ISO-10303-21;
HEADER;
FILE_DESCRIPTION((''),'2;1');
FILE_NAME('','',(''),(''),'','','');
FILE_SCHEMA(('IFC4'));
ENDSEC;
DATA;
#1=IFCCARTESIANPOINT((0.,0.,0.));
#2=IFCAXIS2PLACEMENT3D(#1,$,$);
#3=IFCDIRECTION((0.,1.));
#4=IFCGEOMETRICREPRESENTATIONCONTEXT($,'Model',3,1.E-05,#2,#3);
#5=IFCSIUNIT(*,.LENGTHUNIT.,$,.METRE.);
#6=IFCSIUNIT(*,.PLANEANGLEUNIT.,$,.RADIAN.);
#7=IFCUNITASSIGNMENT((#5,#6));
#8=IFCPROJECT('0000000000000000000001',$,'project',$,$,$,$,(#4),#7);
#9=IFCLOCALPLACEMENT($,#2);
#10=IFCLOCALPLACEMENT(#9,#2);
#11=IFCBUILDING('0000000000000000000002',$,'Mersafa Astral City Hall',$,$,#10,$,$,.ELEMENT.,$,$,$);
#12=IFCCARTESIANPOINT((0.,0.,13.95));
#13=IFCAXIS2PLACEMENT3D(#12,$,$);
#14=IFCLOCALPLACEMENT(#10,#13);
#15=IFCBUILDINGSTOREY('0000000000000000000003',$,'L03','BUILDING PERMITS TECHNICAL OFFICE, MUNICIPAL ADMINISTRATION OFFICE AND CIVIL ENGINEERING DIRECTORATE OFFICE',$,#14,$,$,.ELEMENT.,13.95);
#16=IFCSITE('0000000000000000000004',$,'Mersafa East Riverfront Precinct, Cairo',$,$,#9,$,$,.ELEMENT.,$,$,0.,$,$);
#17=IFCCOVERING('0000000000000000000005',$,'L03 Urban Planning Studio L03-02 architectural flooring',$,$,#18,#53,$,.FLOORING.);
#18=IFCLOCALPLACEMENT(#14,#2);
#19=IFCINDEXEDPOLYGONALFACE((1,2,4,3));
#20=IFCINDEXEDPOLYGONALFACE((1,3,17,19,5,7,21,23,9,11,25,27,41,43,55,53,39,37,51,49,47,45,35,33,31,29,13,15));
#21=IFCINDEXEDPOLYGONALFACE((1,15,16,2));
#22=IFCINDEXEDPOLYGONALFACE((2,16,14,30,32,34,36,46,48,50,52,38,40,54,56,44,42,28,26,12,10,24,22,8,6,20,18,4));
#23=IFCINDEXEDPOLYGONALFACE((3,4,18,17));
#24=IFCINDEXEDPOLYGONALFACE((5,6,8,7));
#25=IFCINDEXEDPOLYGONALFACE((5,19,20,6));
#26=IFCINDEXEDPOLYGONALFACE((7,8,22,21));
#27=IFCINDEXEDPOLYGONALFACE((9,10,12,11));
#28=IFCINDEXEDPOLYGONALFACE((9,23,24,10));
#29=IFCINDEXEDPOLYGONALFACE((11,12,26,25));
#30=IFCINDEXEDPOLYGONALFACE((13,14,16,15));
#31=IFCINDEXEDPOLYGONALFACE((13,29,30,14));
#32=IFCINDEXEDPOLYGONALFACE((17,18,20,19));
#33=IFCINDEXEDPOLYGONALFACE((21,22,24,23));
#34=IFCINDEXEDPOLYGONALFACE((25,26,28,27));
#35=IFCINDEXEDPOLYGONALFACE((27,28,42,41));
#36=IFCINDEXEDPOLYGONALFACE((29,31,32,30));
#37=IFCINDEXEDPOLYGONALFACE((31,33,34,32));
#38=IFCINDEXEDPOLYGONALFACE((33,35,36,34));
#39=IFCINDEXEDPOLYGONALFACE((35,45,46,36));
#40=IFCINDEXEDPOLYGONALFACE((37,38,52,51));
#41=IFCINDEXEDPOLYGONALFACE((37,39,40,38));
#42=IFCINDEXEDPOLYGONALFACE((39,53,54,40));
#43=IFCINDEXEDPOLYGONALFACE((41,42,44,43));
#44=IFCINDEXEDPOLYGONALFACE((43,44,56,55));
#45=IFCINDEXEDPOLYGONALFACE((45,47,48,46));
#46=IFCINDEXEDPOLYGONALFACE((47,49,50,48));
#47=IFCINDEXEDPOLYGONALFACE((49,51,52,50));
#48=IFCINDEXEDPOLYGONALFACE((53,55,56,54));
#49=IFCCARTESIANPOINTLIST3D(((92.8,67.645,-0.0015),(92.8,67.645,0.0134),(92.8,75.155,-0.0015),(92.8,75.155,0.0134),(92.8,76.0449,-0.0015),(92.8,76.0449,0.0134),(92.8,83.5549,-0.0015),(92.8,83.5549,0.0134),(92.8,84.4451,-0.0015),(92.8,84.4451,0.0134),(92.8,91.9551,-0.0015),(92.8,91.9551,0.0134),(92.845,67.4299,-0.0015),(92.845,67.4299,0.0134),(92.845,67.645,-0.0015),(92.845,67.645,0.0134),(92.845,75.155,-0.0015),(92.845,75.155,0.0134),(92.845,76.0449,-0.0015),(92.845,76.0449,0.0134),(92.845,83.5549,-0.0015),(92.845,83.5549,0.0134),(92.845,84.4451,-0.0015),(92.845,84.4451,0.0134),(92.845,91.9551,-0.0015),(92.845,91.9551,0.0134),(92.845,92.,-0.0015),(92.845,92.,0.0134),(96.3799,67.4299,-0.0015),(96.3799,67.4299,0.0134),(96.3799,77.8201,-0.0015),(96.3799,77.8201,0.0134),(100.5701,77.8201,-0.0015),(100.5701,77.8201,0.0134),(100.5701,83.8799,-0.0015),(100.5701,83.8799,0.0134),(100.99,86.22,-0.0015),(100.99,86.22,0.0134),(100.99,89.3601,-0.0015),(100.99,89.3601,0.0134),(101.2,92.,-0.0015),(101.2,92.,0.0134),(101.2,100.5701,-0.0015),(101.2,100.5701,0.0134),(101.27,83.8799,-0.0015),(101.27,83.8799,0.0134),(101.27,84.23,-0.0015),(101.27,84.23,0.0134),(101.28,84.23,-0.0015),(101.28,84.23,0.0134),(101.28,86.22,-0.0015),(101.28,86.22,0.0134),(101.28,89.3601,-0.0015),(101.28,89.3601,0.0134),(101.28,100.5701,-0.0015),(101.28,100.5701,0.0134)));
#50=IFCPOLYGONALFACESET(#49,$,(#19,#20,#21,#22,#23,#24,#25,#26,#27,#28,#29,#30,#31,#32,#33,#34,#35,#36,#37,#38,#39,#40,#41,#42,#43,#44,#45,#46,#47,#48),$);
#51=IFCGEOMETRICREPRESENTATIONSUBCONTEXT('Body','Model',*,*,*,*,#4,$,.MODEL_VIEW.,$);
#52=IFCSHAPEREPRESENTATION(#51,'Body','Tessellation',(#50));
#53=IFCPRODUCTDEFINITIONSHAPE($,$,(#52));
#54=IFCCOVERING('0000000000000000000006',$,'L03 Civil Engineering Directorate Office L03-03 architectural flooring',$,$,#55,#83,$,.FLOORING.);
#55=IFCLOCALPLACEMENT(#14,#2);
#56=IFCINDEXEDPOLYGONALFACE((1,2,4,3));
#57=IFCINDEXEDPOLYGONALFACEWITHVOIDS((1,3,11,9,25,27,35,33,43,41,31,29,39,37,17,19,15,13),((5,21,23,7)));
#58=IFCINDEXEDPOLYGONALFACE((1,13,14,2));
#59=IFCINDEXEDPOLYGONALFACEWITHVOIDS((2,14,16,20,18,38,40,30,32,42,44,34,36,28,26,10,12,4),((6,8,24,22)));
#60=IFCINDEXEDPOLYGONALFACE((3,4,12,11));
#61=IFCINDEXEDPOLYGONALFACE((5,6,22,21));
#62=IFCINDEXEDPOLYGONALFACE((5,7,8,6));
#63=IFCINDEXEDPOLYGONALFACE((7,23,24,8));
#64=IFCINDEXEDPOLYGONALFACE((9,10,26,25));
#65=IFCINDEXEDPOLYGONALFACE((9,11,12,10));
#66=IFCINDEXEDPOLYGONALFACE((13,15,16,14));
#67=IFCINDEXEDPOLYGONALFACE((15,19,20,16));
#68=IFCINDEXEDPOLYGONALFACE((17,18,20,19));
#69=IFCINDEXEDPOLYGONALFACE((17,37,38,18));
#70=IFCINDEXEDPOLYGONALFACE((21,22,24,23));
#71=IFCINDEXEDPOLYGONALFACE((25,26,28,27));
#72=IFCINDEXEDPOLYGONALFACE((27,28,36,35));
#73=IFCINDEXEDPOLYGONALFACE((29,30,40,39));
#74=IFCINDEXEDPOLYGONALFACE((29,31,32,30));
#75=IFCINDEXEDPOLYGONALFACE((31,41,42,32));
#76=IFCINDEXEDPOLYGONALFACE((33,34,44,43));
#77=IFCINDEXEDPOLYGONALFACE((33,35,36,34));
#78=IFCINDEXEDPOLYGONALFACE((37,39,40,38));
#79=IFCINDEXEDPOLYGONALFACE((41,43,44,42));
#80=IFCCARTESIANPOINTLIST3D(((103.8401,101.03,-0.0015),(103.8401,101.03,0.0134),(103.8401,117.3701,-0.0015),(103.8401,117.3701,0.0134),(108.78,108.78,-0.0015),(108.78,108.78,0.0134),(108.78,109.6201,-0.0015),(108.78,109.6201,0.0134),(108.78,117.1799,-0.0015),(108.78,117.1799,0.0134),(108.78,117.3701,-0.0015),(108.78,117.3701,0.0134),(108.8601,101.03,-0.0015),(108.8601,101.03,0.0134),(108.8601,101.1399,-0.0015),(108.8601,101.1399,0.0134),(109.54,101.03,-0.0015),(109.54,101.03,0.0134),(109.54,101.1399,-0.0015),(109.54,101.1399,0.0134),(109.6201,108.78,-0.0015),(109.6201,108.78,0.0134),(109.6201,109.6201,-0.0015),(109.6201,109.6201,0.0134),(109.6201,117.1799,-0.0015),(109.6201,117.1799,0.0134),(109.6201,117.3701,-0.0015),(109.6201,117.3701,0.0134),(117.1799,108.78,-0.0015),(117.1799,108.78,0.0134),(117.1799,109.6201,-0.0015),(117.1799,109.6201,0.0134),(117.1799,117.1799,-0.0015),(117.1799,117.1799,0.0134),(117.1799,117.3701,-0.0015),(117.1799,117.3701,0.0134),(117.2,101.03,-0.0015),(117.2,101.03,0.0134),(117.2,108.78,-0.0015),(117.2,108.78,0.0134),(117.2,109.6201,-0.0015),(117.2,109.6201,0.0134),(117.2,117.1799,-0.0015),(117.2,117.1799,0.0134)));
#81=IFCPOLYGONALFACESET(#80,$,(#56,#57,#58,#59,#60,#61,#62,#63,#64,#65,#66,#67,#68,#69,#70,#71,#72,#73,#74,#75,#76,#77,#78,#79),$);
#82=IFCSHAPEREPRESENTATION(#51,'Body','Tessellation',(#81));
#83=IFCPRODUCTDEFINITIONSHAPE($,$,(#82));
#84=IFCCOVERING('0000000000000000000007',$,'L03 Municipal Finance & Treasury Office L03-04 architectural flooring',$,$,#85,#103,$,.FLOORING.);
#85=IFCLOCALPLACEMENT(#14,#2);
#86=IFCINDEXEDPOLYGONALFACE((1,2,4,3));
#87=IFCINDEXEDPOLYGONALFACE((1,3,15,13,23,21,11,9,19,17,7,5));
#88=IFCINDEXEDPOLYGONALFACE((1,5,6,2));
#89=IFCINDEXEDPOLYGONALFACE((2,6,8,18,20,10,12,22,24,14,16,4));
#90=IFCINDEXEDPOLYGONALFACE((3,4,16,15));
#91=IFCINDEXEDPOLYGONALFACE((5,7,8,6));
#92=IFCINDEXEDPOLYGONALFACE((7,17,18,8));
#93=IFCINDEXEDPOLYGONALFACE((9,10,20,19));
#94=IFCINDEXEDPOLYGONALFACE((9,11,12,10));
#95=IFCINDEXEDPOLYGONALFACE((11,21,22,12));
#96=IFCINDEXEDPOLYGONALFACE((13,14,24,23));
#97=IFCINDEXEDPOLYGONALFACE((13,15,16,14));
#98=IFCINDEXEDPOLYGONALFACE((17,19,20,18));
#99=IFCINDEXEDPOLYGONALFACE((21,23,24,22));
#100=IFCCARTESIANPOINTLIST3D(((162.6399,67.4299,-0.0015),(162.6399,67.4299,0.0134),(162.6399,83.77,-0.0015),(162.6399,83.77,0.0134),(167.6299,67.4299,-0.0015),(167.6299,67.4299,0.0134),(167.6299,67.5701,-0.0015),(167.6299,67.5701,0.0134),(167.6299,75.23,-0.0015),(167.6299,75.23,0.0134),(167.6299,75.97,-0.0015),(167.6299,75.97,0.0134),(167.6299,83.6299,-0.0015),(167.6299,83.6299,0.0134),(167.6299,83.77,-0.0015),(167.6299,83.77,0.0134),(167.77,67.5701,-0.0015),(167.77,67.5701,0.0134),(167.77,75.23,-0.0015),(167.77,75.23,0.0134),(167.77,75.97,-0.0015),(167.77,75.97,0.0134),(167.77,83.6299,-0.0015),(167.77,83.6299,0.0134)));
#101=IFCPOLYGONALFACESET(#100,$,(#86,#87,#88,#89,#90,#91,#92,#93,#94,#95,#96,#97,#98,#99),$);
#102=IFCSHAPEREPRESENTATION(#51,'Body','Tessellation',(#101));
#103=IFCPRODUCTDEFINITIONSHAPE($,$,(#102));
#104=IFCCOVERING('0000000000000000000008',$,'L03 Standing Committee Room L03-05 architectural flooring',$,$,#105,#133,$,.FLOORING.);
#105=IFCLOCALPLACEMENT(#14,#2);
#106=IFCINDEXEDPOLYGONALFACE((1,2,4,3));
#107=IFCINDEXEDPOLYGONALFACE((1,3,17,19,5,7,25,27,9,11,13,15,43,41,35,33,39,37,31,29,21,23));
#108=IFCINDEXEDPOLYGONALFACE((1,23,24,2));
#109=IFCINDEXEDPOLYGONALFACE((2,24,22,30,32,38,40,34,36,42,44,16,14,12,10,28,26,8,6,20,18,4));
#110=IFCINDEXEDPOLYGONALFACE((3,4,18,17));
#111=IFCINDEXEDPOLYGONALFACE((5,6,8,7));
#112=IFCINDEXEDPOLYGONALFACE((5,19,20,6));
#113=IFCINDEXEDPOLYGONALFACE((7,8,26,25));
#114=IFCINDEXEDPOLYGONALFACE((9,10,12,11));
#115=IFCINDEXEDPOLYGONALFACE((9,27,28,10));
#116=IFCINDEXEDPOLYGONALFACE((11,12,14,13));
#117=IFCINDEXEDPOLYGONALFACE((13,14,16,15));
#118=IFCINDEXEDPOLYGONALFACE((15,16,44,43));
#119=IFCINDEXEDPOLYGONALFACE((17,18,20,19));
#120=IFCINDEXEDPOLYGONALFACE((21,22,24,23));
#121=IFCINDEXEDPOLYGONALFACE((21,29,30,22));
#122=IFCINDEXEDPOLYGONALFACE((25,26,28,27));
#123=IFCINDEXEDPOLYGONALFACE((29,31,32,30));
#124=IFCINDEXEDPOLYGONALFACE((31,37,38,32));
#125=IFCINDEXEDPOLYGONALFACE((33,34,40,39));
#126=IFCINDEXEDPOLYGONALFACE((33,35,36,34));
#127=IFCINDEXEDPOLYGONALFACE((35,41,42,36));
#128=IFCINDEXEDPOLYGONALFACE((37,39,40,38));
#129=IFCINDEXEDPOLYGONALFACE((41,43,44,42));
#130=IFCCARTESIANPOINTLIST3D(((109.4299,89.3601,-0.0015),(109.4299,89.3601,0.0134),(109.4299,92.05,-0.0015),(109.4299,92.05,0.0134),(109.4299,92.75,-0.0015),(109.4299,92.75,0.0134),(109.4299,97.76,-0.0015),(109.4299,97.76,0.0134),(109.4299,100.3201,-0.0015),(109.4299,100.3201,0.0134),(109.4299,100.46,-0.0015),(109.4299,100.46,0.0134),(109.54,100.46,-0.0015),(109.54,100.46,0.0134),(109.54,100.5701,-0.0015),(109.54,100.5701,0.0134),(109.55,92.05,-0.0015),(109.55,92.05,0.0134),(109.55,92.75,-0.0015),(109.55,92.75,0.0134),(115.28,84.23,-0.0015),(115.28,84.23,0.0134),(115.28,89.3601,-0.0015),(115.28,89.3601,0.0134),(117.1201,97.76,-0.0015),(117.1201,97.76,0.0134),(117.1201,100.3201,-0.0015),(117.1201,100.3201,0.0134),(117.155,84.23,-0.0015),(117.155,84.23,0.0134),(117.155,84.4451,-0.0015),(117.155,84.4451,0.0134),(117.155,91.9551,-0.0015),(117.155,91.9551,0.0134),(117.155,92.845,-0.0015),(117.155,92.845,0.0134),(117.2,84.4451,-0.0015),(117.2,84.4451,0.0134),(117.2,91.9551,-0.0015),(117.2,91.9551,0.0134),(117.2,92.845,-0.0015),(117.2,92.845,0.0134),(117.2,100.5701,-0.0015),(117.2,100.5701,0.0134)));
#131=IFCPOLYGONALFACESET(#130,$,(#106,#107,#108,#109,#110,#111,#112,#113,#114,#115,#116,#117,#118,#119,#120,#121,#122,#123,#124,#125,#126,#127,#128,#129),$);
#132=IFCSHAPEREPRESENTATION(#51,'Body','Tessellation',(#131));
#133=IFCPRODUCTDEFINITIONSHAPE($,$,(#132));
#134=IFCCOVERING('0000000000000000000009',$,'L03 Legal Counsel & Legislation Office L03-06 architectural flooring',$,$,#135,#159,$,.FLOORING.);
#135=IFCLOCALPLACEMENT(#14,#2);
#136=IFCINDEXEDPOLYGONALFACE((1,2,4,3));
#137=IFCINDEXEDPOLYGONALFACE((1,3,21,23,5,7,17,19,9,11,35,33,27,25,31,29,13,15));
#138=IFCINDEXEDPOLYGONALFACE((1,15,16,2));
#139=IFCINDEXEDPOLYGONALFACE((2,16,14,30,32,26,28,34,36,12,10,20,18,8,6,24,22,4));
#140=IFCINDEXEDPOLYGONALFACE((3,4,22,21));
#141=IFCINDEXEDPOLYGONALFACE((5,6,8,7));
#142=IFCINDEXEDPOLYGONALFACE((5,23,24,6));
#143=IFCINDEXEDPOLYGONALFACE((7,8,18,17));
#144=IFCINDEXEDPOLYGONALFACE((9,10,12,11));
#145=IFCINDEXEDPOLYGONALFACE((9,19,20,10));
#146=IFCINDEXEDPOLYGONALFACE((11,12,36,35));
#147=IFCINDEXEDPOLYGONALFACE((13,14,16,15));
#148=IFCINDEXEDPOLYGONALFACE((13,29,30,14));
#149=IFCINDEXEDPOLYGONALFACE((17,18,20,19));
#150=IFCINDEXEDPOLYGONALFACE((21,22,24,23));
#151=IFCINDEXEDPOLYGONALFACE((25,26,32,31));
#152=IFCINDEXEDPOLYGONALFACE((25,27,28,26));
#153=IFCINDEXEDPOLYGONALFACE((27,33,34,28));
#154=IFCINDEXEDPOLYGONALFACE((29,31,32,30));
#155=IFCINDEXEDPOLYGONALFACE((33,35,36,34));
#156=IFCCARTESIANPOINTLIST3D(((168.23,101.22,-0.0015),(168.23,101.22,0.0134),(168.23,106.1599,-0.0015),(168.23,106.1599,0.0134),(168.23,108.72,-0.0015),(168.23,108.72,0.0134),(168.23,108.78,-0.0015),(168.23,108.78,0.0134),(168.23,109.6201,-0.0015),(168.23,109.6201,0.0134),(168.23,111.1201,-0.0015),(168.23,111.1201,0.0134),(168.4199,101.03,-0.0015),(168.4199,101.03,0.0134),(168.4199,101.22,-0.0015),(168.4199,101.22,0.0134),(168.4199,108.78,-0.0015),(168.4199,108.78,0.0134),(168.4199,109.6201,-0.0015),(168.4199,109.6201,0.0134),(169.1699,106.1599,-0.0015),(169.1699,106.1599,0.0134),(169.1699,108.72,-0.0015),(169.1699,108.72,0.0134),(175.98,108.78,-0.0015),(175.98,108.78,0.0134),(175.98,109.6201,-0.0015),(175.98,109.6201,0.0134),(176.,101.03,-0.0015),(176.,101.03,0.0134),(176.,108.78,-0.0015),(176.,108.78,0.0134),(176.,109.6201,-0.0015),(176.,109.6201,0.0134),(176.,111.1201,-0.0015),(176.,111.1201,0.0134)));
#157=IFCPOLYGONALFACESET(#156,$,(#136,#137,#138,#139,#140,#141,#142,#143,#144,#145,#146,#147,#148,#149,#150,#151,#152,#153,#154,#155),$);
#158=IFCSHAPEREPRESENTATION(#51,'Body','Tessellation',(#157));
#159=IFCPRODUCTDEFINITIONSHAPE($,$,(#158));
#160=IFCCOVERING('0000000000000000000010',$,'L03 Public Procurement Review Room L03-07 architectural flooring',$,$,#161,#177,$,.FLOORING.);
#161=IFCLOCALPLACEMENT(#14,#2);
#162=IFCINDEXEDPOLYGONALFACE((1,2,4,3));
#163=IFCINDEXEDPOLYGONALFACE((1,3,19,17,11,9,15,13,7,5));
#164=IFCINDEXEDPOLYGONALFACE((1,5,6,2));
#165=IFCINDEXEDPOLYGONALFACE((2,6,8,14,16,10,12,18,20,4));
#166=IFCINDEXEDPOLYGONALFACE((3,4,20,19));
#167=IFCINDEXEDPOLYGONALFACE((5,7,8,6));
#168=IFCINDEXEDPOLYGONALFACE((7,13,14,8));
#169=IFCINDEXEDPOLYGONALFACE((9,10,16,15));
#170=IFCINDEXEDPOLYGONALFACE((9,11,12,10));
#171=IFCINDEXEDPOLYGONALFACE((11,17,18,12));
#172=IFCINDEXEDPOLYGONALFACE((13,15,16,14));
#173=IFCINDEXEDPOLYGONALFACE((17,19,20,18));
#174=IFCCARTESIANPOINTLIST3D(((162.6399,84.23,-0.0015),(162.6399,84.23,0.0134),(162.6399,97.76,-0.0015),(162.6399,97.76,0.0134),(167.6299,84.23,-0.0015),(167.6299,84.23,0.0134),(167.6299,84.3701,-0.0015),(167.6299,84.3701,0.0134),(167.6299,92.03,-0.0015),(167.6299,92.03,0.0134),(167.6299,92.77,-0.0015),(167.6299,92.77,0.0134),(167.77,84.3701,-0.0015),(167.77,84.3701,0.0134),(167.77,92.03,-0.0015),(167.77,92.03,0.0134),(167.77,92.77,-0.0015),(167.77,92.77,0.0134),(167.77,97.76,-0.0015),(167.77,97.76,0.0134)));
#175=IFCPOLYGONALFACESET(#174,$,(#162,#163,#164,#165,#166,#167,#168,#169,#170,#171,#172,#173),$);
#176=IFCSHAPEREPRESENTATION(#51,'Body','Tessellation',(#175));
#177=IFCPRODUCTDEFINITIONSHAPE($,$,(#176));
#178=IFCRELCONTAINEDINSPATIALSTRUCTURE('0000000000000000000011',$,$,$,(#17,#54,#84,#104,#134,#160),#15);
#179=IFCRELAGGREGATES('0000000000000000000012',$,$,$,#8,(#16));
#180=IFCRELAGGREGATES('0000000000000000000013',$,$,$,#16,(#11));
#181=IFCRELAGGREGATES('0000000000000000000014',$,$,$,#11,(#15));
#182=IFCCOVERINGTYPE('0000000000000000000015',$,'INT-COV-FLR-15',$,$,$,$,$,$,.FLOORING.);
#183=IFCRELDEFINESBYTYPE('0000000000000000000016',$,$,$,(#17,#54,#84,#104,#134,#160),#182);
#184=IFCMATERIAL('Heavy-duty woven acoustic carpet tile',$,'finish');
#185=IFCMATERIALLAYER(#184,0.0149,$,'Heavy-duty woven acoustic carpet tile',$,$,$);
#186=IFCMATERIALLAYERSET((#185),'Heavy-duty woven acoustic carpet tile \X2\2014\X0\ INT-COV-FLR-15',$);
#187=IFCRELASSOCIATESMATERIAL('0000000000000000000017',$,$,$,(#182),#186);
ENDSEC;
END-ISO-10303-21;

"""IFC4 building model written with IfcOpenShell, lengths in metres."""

from ifc_helpers import new_model, si_unit, direction, frame, origin, place, context, subcontext, project, spatial, polyline, outline, extrude, material, layer, layer_set, type_object, element, save


model = new_model("IFC4")

# Units and contexts
model_context = context("Model", 3, precision=1e-05, world=origin(), true_north=direction((0.0, 1.0)))
body_context = subcontext(model_context, "Body", "Model", "MODEL_VIEW")
ifc_project = project(units=[si_unit("LENGTHUNIT", "METRE"), si_unit("PLANEANGLEUNIT", "RADIAN")], contexts=[model_context])

# Site, building, storey
site_placement = place(None, origin())
site = spatial("IfcSite", under=ifc_project, at=site_placement, Name="Mersafa East Riverfront Precinct, Cairo", CompositionType="ELEMENT", RefElevation=0.0)
building_placement = place(site_placement, origin())
building = spatial("IfcBuilding", under=site, at=building_placement, Name="Mersafa Astral City Hall", CompositionType="ELEMENT")
storey_placement = place(building_placement, frame((0.0, 0.0, 13.95)))
storey = spatial("IfcBuildingStorey", under=building, at=storey_placement, Name="L03", Description="BUILDING PERMITS TECHNICAL OFFICE, MUNICIPAL ADMINISTRATION OFFICE AND CIVIL ENGINEERING DIRECTORATE OFFICE", CompositionType="ELEMENT", Elevation=13.95)

# Coverings
ifc_material_1 = material(Name="Heavy-duty woven acoustic carpet tile", Category="finish")
ifc_layer_1 = layer(ifc_material_1, 0.0149, Name="Heavy-duty woven acoustic carpet tile")
ifc_layer_set_1 = layer_set([ifc_layer_1], Name="Heavy-duty woven acoustic carpet tile — INT-COV-FLR-15")
covering_type = type_object("IfcCoveringType", Name="INT-COV-FLR-15", PredefinedType="FLOORING", material=ifc_layer_set_1)
covering_1_placement = place(storey_placement, frame((0.0, 0.0, -0.0015)))
element("IfcCovering", 1, at=covering_1_placement, inside=storey, type_object=covering_type, Name="L03 Urban Planning Studio L03-02 architectural flooring", PredefinedType="FLOORING", context=body_context, shape_type="SweptSolid", body=[
    extrude(outline(polyline([(92.845, 91.9551), (92.845, 92.0), (101.2, 92.0), (101.2, 100.5701), (101.28, 100.5701), (101.28, 89.3601), (100.99, 89.3601), (100.99, 86.22), (101.28, 86.22), (101.28, 84.23), (101.27, 84.23), (101.27, 83.8799), (100.5701, 83.8799), (100.5701, 77.8201), (96.3799, 77.8201), (96.3799, 67.4299), (92.845, 67.4299), (92.845, 67.645), (92.8, 67.645), (92.8, 75.155), (92.845, 75.155), (92.845, 76.0449), (92.8, 76.0449), (92.8, 83.5549), (92.845, 83.5549), (92.845, 84.4451), (92.8, 84.4451), (92.8, 91.9551), (92.845, 91.9551)])), origin(), (0.0, 0.0, 1.0), 0.0149),
])
covering_2_placement = place(storey_placement, frame((0.0, 0.0, -0.0015)))
element("IfcCovering", 2, at=covering_2_placement, inside=storey, type_object=covering_type, Name="L03 Civil Engineering Directorate Office L03-03 architectural flooring", PredefinedType="FLOORING", context=body_context, shape_type="SweptSolid", body=[
    extrude(outline(polyline([(103.8401, 101.03), (103.8401, 117.3701), (108.78, 117.3701), (108.78, 117.1799), (109.6201, 117.1799), (109.6201, 117.3701), (117.1799, 117.3701), (117.1799, 117.1799), (117.2, 117.1799), (117.2, 109.6201), (117.1799, 109.6201), (117.1799, 108.78), (117.2, 108.78), (117.2, 101.03), (109.54, 101.03), (109.54, 101.1399), (108.8601, 101.1399), (108.8601, 101.03), (103.8401, 101.03)]), holes=[polyline([(109.6201, 108.78), (109.6201, 109.6201), (108.78, 109.6201), (108.78, 108.78), (109.6201, 108.78)])]), origin(), (0.0, 0.0, 1.0), 0.0149),
])
covering_3_placement = place(storey_placement, frame((0.0, 0.0, -0.0015)))
element("IfcCovering", 3, at=covering_3_placement, inside=storey, type_object=covering_type, Name="L03 Municipal Finance & Treasury Office L03-04 architectural flooring", PredefinedType="FLOORING", context=body_context, shape_type="SweptSolid", body=[
    extrude(outline(polyline([(167.6299, 83.6299), (167.77, 83.6299), (167.77, 75.97), (167.6299, 75.97), (167.6299, 75.23), (167.77, 75.23), (167.77, 67.5701), (167.6299, 67.5701), (167.6299, 67.4299), (162.6399, 67.4299), (162.6399, 83.77), (167.6299, 83.77), (167.6299, 83.6299)])), origin(), (0.0, 0.0, 1.0), 0.0149),
])
covering_4_placement = place(storey_placement, frame((0.0, 0.0, -0.0015)))
element("IfcCovering", 4, at=covering_4_placement, inside=storey, type_object=covering_type, Name="L03 Standing Committee Room L03-05 architectural flooring", PredefinedType="FLOORING", context=body_context, shape_type="SweptSolid", body=[
    extrude(outline(polyline([(109.54, 100.46), (109.54, 100.5701), (117.2, 100.5701), (117.2, 92.845), (117.155, 92.845), (117.155, 91.9551), (117.2, 91.9551), (117.2, 84.4451), (117.155, 84.4451), (117.155, 84.23), (115.28, 84.23), (115.28, 89.3601), (109.4299, 89.3601), (109.4299, 92.05), (109.55, 92.05), (109.55, 92.75), (109.4299, 92.75), (109.4299, 97.76), (117.1201, 97.76), (117.1201, 100.3201), (109.4299, 100.3201), (109.4299, 100.46), (109.54, 100.46)])), origin(), (0.0, 0.0, 1.0), 0.0149),
])
covering_5_placement = place(storey_placement, frame((0.0, 0.0, -0.0015)))
element("IfcCovering", 5, at=covering_5_placement, inside=storey, type_object=covering_type, Name="L03 Legal Counsel & Legislation Office L03-06 architectural flooring", PredefinedType="FLOORING", context=body_context, shape_type="SweptSolid", body=[
    extrude(outline(polyline([(176.0, 101.03), (168.4199, 101.03), (168.4199, 101.22), (168.23, 101.22), (168.23, 106.1599), (169.1699, 106.1599), (169.1699, 108.72), (168.23, 108.72), (168.23, 108.78), (168.4199, 108.78), (168.4199, 109.6201), (168.23, 109.6201), (168.23, 111.1201), (176.0, 111.1201), (176.0, 109.6201), (175.98, 109.6201), (175.98, 108.78), (176.0, 108.78), (176.0, 101.03)])), origin(), (0.0, 0.0, 1.0), 0.0149),
])
covering_6_placement = place(storey_placement, frame((0.0, 0.0, -0.0015)))
element("IfcCovering", 6, at=covering_6_placement, inside=storey, type_object=covering_type, Name="L03 Public Procurement Review Room L03-07 architectural flooring", PredefinedType="FLOORING", context=body_context, shape_type="SweptSolid", body=[
    extrude(outline(polyline([(167.77, 92.77), (167.6299, 92.77), (167.6299, 92.03), (167.77, 92.03), (167.77, 84.3701), (167.6299, 84.3701), (167.6299, 84.23), (162.6399, 84.23), (162.6399, 97.76), (167.77, 97.76), (167.77, 92.77)])), origin(), (0.0, 0.0, 1.0), 0.0149),
])

save(model, "model.ifc")
